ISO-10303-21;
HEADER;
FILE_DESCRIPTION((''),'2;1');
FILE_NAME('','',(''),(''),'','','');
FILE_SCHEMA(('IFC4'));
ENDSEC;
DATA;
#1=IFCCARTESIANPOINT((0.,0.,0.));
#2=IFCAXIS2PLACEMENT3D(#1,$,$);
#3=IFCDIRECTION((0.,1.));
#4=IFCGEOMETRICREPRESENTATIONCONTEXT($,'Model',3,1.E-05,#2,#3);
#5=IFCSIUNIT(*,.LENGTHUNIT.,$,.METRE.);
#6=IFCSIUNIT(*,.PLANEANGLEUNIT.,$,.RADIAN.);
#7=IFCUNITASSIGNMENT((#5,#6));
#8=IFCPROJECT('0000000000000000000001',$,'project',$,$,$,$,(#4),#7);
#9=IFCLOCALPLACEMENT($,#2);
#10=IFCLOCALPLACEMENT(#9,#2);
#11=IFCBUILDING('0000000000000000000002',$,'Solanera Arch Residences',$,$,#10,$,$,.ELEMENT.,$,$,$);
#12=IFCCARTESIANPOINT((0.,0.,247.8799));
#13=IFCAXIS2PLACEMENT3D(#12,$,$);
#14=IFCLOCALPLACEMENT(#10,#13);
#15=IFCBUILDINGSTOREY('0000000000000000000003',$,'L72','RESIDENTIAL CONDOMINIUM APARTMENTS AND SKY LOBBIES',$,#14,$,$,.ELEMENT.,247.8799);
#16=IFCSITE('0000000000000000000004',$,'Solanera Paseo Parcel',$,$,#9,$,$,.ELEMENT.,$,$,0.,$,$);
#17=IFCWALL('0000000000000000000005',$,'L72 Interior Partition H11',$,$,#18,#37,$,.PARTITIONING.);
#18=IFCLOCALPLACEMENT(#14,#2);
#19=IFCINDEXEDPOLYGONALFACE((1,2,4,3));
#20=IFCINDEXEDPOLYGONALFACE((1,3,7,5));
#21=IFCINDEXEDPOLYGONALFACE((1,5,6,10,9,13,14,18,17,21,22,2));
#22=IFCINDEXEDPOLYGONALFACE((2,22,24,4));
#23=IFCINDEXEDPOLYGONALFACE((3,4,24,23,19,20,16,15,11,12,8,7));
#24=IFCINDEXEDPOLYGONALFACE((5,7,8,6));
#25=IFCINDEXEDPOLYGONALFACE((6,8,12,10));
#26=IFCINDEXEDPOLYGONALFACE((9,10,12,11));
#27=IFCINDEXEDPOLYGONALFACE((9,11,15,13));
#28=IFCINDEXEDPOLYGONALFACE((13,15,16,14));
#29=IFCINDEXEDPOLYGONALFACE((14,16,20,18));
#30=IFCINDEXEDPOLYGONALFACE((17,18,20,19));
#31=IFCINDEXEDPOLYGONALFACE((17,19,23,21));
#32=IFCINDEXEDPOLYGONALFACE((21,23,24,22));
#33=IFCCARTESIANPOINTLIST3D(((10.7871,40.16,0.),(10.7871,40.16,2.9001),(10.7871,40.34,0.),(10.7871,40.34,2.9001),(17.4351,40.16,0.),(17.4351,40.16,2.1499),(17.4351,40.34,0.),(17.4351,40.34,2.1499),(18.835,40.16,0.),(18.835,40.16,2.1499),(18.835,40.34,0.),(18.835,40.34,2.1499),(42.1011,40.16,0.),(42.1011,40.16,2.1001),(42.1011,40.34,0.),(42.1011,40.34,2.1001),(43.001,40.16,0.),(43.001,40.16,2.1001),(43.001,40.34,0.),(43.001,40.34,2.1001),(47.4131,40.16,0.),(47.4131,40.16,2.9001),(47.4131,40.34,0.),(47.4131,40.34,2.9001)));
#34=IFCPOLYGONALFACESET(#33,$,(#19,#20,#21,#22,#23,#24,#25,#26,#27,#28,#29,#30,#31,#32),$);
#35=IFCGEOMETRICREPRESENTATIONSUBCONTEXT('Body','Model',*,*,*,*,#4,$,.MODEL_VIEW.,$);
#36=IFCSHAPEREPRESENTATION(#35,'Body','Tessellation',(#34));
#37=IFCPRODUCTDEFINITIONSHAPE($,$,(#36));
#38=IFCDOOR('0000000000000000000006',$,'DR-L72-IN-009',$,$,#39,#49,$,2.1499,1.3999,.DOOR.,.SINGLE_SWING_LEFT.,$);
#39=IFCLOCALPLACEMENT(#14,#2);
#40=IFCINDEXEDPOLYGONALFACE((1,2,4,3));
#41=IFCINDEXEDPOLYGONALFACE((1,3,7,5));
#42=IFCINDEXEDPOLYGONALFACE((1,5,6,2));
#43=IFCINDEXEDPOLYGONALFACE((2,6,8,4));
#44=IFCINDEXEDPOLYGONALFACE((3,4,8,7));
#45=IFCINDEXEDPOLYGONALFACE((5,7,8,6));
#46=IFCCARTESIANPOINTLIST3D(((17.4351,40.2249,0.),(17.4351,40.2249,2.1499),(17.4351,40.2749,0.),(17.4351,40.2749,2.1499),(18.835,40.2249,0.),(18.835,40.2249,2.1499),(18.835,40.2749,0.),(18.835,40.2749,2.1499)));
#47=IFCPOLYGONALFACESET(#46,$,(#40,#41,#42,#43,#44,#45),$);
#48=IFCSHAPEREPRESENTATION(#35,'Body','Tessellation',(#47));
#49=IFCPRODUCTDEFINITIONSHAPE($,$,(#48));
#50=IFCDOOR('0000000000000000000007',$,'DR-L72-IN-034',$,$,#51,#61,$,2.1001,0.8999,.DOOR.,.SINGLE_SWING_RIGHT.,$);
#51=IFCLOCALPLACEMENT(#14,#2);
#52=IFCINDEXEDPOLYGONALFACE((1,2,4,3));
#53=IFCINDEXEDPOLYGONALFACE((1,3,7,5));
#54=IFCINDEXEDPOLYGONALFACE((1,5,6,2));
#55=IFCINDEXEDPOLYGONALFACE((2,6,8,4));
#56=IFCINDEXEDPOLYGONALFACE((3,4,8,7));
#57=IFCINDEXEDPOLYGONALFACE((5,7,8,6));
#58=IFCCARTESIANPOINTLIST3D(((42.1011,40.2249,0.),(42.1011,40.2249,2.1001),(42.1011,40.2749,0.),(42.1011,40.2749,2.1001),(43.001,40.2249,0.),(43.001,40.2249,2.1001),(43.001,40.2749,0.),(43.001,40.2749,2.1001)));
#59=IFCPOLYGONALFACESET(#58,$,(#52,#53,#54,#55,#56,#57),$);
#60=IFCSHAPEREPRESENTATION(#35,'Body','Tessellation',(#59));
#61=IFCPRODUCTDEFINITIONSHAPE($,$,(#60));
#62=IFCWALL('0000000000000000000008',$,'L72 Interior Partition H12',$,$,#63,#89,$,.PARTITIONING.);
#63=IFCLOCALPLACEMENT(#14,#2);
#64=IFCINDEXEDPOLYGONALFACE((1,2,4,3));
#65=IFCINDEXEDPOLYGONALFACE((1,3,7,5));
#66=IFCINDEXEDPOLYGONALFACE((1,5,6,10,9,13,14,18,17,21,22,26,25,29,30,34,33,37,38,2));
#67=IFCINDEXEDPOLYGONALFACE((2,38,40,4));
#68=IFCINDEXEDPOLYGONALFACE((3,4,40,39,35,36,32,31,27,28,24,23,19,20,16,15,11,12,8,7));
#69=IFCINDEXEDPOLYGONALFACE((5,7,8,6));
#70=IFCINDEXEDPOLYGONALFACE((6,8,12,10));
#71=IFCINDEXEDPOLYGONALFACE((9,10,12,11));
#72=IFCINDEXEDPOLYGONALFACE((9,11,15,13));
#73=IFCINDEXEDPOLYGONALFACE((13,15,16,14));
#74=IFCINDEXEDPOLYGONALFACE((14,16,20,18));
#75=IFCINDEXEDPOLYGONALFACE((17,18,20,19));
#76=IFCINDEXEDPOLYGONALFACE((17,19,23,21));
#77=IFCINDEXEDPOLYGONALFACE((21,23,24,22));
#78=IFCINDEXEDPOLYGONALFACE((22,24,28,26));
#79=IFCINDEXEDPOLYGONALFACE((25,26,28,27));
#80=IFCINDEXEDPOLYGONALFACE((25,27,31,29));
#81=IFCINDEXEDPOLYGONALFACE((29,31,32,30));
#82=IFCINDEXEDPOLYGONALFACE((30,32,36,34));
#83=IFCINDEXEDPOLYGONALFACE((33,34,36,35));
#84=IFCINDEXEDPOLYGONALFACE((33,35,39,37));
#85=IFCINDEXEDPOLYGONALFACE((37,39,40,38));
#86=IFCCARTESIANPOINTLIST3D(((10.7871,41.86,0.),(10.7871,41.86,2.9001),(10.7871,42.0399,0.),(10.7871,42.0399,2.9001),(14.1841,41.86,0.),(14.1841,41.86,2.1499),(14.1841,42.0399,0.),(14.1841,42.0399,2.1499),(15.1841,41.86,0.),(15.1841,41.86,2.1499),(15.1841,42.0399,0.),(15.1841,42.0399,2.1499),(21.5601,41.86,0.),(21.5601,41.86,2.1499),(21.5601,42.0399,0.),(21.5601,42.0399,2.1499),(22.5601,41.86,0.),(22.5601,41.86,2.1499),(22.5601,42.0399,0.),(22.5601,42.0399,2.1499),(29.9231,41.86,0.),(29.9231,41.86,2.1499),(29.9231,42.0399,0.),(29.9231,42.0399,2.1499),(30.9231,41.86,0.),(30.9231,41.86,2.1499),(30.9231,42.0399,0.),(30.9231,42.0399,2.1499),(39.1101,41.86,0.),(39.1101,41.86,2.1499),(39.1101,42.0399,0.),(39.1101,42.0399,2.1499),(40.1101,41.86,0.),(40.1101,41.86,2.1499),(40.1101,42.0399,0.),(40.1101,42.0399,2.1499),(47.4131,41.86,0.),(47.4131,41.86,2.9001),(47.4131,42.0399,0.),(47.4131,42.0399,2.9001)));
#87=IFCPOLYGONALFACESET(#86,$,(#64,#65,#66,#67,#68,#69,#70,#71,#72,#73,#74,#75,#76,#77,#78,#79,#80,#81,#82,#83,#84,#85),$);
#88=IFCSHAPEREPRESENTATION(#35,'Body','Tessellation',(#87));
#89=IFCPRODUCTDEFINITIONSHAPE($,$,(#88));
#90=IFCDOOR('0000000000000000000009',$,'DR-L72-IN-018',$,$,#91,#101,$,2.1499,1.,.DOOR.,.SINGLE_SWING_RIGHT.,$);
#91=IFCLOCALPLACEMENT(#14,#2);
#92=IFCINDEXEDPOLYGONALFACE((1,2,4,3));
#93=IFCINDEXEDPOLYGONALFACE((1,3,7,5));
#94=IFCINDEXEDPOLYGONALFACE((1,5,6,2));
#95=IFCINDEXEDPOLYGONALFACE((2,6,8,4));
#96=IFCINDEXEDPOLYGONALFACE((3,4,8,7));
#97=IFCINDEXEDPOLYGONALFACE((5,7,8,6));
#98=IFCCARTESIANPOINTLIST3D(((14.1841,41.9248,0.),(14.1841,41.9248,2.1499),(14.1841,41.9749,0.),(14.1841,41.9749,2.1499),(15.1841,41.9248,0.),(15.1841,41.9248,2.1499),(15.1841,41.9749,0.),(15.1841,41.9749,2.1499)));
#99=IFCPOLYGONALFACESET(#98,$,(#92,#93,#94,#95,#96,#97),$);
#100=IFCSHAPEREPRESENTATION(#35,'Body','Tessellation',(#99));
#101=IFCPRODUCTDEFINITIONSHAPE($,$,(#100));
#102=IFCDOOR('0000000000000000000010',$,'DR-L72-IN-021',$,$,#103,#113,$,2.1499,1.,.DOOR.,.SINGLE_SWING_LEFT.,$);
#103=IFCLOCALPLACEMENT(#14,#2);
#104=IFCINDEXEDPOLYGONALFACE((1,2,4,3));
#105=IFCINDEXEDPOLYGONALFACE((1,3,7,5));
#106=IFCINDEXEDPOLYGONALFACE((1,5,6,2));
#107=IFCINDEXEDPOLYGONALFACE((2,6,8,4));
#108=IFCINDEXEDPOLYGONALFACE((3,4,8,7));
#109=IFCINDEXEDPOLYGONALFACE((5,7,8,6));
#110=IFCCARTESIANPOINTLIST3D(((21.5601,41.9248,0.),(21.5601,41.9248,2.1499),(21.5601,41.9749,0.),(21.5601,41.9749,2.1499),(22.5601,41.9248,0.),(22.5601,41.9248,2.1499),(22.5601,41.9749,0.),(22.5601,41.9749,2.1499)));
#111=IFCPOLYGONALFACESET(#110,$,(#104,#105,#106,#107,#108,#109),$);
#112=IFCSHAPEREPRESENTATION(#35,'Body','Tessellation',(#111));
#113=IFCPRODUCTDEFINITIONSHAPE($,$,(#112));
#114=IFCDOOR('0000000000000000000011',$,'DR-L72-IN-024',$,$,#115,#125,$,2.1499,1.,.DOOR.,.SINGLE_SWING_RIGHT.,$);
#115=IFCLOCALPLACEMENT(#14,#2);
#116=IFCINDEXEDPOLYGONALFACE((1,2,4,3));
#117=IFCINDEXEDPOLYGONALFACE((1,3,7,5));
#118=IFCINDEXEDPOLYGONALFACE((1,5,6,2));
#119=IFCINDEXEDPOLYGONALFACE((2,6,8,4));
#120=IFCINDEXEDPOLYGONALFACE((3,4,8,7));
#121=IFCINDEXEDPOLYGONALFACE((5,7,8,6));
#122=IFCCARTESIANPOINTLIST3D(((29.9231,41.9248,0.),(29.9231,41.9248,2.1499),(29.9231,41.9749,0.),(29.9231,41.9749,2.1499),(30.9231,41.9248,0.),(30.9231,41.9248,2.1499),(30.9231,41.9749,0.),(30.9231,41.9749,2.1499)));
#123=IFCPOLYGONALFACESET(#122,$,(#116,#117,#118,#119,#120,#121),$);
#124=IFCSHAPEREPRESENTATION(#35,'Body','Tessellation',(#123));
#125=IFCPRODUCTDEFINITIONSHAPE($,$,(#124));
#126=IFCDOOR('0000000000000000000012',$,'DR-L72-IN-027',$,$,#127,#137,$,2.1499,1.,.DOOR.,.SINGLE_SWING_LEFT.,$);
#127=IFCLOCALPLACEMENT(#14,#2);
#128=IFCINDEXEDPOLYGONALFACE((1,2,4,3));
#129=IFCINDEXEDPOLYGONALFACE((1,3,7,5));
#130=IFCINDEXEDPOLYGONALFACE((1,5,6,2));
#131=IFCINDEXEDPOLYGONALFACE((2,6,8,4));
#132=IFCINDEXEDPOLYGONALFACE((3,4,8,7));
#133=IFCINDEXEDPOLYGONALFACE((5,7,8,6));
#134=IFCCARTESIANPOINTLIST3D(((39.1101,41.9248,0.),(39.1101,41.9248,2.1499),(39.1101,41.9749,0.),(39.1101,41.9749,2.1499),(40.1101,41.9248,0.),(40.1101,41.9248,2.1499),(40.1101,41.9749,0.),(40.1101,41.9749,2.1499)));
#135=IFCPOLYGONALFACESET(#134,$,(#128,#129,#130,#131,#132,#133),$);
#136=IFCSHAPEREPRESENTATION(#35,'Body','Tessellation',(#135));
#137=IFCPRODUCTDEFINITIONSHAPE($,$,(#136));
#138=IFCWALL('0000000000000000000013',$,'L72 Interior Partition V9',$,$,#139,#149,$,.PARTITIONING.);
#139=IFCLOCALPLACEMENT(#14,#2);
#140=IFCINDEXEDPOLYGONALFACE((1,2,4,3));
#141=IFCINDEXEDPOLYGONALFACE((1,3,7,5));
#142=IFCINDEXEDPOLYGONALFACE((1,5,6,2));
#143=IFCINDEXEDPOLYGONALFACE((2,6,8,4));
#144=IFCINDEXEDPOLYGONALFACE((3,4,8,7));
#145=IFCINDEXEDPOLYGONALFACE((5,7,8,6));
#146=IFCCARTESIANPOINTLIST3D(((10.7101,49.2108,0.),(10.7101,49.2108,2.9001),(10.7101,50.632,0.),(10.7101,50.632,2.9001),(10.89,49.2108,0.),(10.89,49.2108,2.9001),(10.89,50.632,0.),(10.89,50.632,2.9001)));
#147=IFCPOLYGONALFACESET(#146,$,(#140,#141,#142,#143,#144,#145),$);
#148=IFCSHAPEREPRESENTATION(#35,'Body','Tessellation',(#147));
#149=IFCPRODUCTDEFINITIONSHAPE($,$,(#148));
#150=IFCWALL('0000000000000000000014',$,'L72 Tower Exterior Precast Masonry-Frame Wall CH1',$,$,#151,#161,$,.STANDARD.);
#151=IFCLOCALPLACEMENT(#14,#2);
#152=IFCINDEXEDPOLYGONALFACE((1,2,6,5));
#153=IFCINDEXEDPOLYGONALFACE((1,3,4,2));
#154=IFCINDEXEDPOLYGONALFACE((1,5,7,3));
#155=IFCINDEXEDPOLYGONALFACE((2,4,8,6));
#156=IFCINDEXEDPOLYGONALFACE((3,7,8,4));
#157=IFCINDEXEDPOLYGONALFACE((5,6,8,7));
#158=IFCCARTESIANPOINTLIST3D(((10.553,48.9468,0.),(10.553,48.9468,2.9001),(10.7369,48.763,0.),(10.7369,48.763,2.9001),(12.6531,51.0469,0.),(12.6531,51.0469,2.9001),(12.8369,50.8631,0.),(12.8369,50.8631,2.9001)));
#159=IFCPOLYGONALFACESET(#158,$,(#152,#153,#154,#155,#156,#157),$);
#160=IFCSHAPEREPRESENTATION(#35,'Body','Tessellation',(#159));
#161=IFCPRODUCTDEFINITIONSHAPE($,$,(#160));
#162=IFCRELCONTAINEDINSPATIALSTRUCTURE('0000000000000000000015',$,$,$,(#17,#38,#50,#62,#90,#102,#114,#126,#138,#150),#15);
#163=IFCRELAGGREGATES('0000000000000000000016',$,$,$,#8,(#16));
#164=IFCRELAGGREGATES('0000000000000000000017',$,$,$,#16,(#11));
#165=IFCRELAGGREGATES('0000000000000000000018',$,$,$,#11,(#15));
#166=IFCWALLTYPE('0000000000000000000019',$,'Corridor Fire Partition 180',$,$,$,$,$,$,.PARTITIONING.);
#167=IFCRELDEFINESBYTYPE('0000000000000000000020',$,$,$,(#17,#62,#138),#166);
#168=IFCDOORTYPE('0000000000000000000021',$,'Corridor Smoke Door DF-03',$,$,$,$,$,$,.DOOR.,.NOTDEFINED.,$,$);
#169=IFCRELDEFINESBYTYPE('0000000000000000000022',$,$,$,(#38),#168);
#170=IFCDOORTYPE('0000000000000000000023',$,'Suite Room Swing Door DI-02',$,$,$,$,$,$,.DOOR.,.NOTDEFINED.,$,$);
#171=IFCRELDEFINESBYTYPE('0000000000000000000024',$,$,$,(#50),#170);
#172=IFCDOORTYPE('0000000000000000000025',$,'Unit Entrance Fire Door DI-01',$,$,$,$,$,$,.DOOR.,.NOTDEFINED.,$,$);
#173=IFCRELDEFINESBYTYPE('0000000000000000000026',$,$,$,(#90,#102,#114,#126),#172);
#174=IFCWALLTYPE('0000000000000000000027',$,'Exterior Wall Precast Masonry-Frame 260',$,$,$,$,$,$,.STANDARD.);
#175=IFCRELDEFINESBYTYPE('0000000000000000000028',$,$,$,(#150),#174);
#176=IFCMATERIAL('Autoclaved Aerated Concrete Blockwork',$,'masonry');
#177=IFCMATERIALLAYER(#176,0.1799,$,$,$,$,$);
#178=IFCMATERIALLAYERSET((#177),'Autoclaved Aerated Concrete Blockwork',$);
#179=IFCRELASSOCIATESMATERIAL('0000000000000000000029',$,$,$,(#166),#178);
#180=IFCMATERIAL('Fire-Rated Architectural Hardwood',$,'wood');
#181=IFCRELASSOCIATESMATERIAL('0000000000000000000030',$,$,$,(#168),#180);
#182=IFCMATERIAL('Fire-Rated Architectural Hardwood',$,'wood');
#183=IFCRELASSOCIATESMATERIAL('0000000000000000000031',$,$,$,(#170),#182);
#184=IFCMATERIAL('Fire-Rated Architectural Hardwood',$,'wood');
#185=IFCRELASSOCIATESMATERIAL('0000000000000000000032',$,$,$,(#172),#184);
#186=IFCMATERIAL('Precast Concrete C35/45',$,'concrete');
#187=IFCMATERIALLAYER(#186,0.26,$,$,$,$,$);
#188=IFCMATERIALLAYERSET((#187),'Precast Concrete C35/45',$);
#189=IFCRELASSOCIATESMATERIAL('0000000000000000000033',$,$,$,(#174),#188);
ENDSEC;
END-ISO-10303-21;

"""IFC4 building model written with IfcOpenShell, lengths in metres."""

from ifc_helpers import new_model, si_unit, direction, frame, frame_2d, origin, place, context, subcontext, project, spatial, rectangle, extrude, material, layer, layer_set, type_object, element, fill, save


model = new_model("IFC4")

# Units and contexts
model_context = context("Model", 3, precision=1e-05, world=origin(), true_north=direction((0.0, 1.0)))
body_context = subcontext(model_context, "Body", "Model", "MODEL_VIEW")
ifc_project = project(units=[si_unit("LENGTHUNIT", "METRE"), si_unit("PLANEANGLEUNIT", "RADIAN")], contexts=[model_context])

# Site, building, storey
site_placement = place(None, origin())
site = spatial("IfcSite", under=ifc_project, at=site_placement, Name="Solanera Paseo Parcel", CompositionType="ELEMENT", RefElevation=0.0)
building_placement = place(site_placement, origin())
building = spatial("IfcBuilding", under=site, at=building_placement, Name="Solanera Arch Residences", CompositionType="ELEMENT")
storey_placement = place(building_placement, frame((0.0, 0.0, 247.8799)))
storey = spatial("IfcBuildingStorey", under=building, at=storey_placement, Name="L72", Description="RESIDENTIAL CONDOMINIUM APARTMENTS AND SKY LOBBIES", CompositionType="ELEMENT", Elevation=247.8799)

# Walls, openings, doors
ifc_material_1 = material(Name="Autoclaved Aerated Concrete Blockwork", Category="masonry")
ifc_layer_1 = layer(ifc_material_1, 0.1799)
ifc_layer_set_1 = layer_set([ifc_layer_1], Name="Autoclaved Aerated Concrete Blockwork")
wall_type_1 = type_object("IfcWallType", Name="Corridor Fire Partition 180", PredefinedType="PARTITIONING", material=ifc_layer_set_1)
wall_1_placement = place(storey_placement, frame((10.7871, 40.25, 0.0), z_axis=(0.0, 0.0, 1.0), x_axis=(1.0, 0.0, 0.0)))
wall_1 = element("IfcWall", 1, at=wall_1_placement, inside=storey, type_object=wall_type_1, Name="L72 Interior Partition H11", PredefinedType="PARTITIONING", context=body_context, shape_type="SweptSolid", body=[
    extrude(rectangle(XDim=36.626, YDim=0.1799, at=frame_2d((18.313, 0.0))), origin(), (0.0, 0.0, 1.0), 2.9001),
])
opening_1_placement = place(wall_1_placement, frame((6.6479, 0.0, 0.0)))
opening_1 = element("IfcOpeningElement", 2, at=opening_1_placement, cuts=wall_1, PredefinedType="OPENING", context=body_context, shape_type="SweptSolid", body=[
    extrude(rectangle(XDim=1.3999, YDim=2.1499, at=frame_2d((0.7, 1.075))), frame((0.0, 0.1001, 0.0), z_axis=(0.0, -1.0, 0.0), x_axis=(1.0, 0.0, 0.0)), (0.0, 0.0, 1.0), 0.1999),
])
opening_2_placement = place(wall_1_placement, frame((31.314, 0.0, 0.0)))
opening_2 = element("IfcOpeningElement", 3, at=opening_2_placement, cuts=wall_1, PredefinedType="OPENING", context=body_context, shape_type="SweptSolid", body=[
    extrude(rectangle(XDim=0.8999, YDim=2.1001, at=frame_2d((0.45, 1.05))), frame((0.0, 0.1001, 0.0), z_axis=(0.0, -1.0, 0.0), x_axis=(1.0, 0.0, 0.0)), (0.0, 0.0, 1.0), 0.1999),
])
ifc_material_2 = material(Name="Fire-Rated Architectural Hardwood", Category="wood")
door_type_1 = type_object("IfcDoorType", Name="Corridor Smoke Door DF-03", OperationType="NOTDEFINED", PredefinedType="DOOR", material=ifc_material_2)
door_1_placement = place(opening_1_placement, origin())
door_1 = element("IfcDoor", 4, at=door_1_placement, inside=storey, type_object=door_type_1, Name="DR-L72-IN-009", OperationType="SINGLE_SWING_LEFT", OverallHeight=2.1499, OverallWidth=1.3999, PredefinedType="DOOR", context=body_context, shape_type="SweptSolid", body=[
    extrude(rectangle(XDim=1.3999, YDim=2.1499, at=frame_2d((0.7, 1.075))), frame((0.0, 0.0249, 0.0), z_axis=(0.0, -1.0, 0.0), x_axis=(1.0, 0.0, 0.0)), (0.0, 0.0, 1.0), 0.05),
])
fill(opening_1, door_1)
ifc_material_3 = material(Name="Fire-Rated Architectural Hardwood", Category="wood")
door_type_2 = type_object("IfcDoorType", Name="Suite Room Swing Door DI-02", OperationType="NOTDEFINED", PredefinedType="DOOR", material=ifc_material_3)
door_2_placement = place(opening_2_placement, origin())
door_2 = element("IfcDoor", 5, at=door_2_placement, inside=storey, type_object=door_type_2, Name="DR-L72-IN-034", OperationType="SINGLE_SWING_RIGHT", OverallHeight=2.1001, OverallWidth=0.8999, PredefinedType="DOOR", context=body_context, shape_type="SweptSolid", body=[
    extrude(rectangle(XDim=0.8999, YDim=2.1001, at=frame_2d((0.45, 1.05))), frame((0.0, 0.0249, 0.0), z_axis=(0.0, -1.0, 0.0), x_axis=(1.0, 0.0, 0.0)), (0.0, 0.0, 1.0), 0.05),
])
fill(opening_2, door_2)
wall_2_placement = place(storey_placement, frame((10.7871, 41.95, 0.0), z_axis=(0.0, 0.0, 1.0), x_axis=(1.0, 0.0, 0.0)))
wall_2 = element("IfcWall", 6, at=wall_2_placement, inside=storey, type_object=wall_type_1, Name="L72 Interior Partition H12", PredefinedType="PARTITIONING", context=body_context, shape_type="SweptSolid", body=[
    extrude(rectangle(XDim=36.626, YDim=0.1799, at=frame_2d((18.313, 0.0))), origin(), (0.0, 0.0, 1.0), 2.9001),
])
opening_3_placement = place(wall_2_placement, frame((3.397, 0.0, 0.0)))
opening_3 = element("IfcOpeningElement", 7, at=opening_3_placement, cuts=wall_2, PredefinedType="OPENING", context=body_context, shape_type="SweptSolid", body=[
    extrude(rectangle(XDim=1.0, YDim=2.1499, at=frame_2d((0.5, 1.075))), frame((0.0, 0.1001, 0.0), z_axis=(0.0, -1.0, 0.0), x_axis=(1.0, 0.0, 0.0)), (0.0, 0.0, 1.0), 0.1999),
])
opening_4_placement = place(wall_2_placement, frame((10.7729, 0.0, 0.0)))
opening_4 = element("IfcOpeningElement", 8, at=opening_4_placement, cuts=wall_2, PredefinedType="OPENING", context=body_context, shape_type="SweptSolid", body=[
    extrude(rectangle(XDim=1.0, YDim=2.1499, at=frame_2d((0.5, 1.075))), frame((0.0, 0.1001, 0.0), z_axis=(0.0, -1.0, 0.0), x_axis=(1.0, 0.0, 0.0)), (0.0, 0.0, 1.0), 0.1999),
])
opening_5_placement = place(wall_2_placement, frame((19.136, 0.0, 0.0)))
opening_5 = element("IfcOpeningElement", 9, at=opening_5_placement, cuts=wall_2, PredefinedType="OPENING", context=body_context, shape_type="SweptSolid", body=[
    extrude(rectangle(XDim=1.0, YDim=2.1499, at=frame_2d((0.5, 1.075))), frame((0.0, 0.1001, 0.0), z_axis=(0.0, -1.0, 0.0), x_axis=(1.0, 0.0, 0.0)), (0.0, 0.0, 1.0), 0.1999),
])
opening_6_placement = place(wall_2_placement, frame((28.323, 0.0, 0.0)))
opening_6 = element("IfcOpeningElement", 10, at=opening_6_placement, cuts=wall_2, PredefinedType="OPENING", context=body_context, shape_type="SweptSolid", body=[
    extrude(rectangle(XDim=1.0, YDim=2.1499, at=frame_2d((0.5, 1.075))), frame((0.0, 0.1001, 0.0), z_axis=(0.0, -1.0, 0.0), x_axis=(1.0, 0.0, 0.0)), (0.0, 0.0, 1.0), 0.1999),
])
ifc_material_4 = material(Name="Fire-Rated Architectural Hardwood", Category="wood")
door_type_3 = type_object("IfcDoorType", Name="Unit Entrance Fire Door DI-01", OperationType="NOTDEFINED", PredefinedType="DOOR", material=ifc_material_4)
door_3_placement = place(opening_3_placement, origin())
door_3 = element("IfcDoor", 11, at=door_3_placement, inside=storey, type_object=door_type_3, Name="DR-L72-IN-018", OperationType="SINGLE_SWING_RIGHT", OverallHeight=2.1499, OverallWidth=1.0, PredefinedType="DOOR", context=body_context, shape_type="SweptSolid", body=[
    extrude(rectangle(XDim=1.0, YDim=2.1499, at=frame_2d((0.5, 1.075))), frame((0.0, 0.0249, 0.0), z_axis=(0.0, -1.0, 0.0), x_axis=(1.0, 0.0, 0.0)), (0.0, 0.0, 1.0), 0.05),
])
fill(opening_3, door_3)
door_4_placement = place(opening_4_placement, origin())
door_4 = element("IfcDoor", 12, at=door_4_placement, inside=storey, type_object=door_type_3, Name="DR-L72-IN-021", OperationType="SINGLE_SWING_LEFT", OverallHeight=2.1499, OverallWidth=1.0, PredefinedType="DOOR", context=body_context, shape_type="SweptSolid", body=[
    extrude(rectangle(XDim=1.0, YDim=2.1499, at=frame_2d((0.5, 1.075))), frame((0.0, 0.0249, 0.0), z_axis=(0.0, -1.0, 0.0), x_axis=(1.0, 0.0, 0.0)), (0.0, 0.0, 1.0), 0.05),
])
fill(opening_4, door_4)
door_5_placement = place(opening_5_placement, origin())
door_5 = element("IfcDoor", 13, at=door_5_placement, inside=storey, type_object=door_type_3, Name="DR-L72-IN-024", OperationType="SINGLE_SWING_RIGHT", OverallHeight=2.1499, OverallWidth=1.0, PredefinedType="DOOR", context=body_context, shape_type="SweptSolid", body=[
    extrude(rectangle(XDim=1.0, YDim=2.1499, at=frame_2d((0.5, 1.075))), frame((0.0, 0.0249, 0.0), z_axis=(0.0, -1.0, 0.0), x_axis=(1.0, 0.0, 0.0)), (0.0, 0.0, 1.0), 0.05),
])
fill(opening_5, door_5)
door_6_placement = place(opening_6_placement, origin())
door_6 = element("IfcDoor", 14, at=door_6_placement, inside=storey, type_object=door_type_3, Name="DR-L72-IN-027", OperationType="SINGLE_SWING_LEFT", OverallHeight=2.1499, OverallWidth=1.0, PredefinedType="DOOR", context=body_context, shape_type="SweptSolid", body=[
    extrude(rectangle(XDim=1.0, YDim=2.1499, at=frame_2d((0.5, 1.075))), frame((0.0, 0.0249, 0.0), z_axis=(0.0, -1.0, 0.0), x_axis=(1.0, 0.0, 0.0)), (0.0, 0.0, 1.0), 0.05),
])
fill(opening_6, door_6)

# Walls
wall_3_placement = place(storey_placement, frame((10.8, 49.2109, 0.0), z_axis=(0.0, 0.0, 1.0), x_axis=(0.0, 1.0, 0.0)))
element("IfcWall", 15, at=wall_3_placement, inside=storey, type_object=wall_type_1, Name="L72 Interior Partition V9", PredefinedType="PARTITIONING", context=body_context, shape_type="SweptSolid", body=[
    extrude(rectangle(XDim=1.4211, YDim=0.1799, at=frame_2d((0.7104, 0.0))), origin(), (0.0, 0.0, 1.0), 2.9001),
])
ifc_material_5 = material(Name="Precast Concrete C35/45", Category="concrete")
ifc_layer_2 = layer(ifc_material_5, 0.26)
ifc_layer_set_2 = layer_set([ifc_layer_2], Name="Precast Concrete C35/45")
wall_type_2 = type_object("IfcWallType", Name="Exterior Wall Precast Masonry-Frame 260", PredefinedType="STANDARD", material=ifc_layer_set_2)
wall_4_placement = place(storey_placement, frame((10.645, 48.855, 0.0), z_axis=(0.0, 0.0, 1.0), x_axis=(0.707107, 0.707107, 0.0)))
element("IfcWall", 16, at=wall_4_placement, inside=storey, type_object=wall_type_2, Name="L72 Tower Exterior Precast Masonry-Frame Wall CH1", PredefinedType="STANDARD", context=body_context, shape_type="SweptSolid", body=[
    extrude(rectangle(XDim=2.97, YDim=0.26, at=frame_2d((1.4849, 0.0))), origin(), (0.0, 0.0, 1.0), 2.9001),
])

save(model, "model.ifc")
